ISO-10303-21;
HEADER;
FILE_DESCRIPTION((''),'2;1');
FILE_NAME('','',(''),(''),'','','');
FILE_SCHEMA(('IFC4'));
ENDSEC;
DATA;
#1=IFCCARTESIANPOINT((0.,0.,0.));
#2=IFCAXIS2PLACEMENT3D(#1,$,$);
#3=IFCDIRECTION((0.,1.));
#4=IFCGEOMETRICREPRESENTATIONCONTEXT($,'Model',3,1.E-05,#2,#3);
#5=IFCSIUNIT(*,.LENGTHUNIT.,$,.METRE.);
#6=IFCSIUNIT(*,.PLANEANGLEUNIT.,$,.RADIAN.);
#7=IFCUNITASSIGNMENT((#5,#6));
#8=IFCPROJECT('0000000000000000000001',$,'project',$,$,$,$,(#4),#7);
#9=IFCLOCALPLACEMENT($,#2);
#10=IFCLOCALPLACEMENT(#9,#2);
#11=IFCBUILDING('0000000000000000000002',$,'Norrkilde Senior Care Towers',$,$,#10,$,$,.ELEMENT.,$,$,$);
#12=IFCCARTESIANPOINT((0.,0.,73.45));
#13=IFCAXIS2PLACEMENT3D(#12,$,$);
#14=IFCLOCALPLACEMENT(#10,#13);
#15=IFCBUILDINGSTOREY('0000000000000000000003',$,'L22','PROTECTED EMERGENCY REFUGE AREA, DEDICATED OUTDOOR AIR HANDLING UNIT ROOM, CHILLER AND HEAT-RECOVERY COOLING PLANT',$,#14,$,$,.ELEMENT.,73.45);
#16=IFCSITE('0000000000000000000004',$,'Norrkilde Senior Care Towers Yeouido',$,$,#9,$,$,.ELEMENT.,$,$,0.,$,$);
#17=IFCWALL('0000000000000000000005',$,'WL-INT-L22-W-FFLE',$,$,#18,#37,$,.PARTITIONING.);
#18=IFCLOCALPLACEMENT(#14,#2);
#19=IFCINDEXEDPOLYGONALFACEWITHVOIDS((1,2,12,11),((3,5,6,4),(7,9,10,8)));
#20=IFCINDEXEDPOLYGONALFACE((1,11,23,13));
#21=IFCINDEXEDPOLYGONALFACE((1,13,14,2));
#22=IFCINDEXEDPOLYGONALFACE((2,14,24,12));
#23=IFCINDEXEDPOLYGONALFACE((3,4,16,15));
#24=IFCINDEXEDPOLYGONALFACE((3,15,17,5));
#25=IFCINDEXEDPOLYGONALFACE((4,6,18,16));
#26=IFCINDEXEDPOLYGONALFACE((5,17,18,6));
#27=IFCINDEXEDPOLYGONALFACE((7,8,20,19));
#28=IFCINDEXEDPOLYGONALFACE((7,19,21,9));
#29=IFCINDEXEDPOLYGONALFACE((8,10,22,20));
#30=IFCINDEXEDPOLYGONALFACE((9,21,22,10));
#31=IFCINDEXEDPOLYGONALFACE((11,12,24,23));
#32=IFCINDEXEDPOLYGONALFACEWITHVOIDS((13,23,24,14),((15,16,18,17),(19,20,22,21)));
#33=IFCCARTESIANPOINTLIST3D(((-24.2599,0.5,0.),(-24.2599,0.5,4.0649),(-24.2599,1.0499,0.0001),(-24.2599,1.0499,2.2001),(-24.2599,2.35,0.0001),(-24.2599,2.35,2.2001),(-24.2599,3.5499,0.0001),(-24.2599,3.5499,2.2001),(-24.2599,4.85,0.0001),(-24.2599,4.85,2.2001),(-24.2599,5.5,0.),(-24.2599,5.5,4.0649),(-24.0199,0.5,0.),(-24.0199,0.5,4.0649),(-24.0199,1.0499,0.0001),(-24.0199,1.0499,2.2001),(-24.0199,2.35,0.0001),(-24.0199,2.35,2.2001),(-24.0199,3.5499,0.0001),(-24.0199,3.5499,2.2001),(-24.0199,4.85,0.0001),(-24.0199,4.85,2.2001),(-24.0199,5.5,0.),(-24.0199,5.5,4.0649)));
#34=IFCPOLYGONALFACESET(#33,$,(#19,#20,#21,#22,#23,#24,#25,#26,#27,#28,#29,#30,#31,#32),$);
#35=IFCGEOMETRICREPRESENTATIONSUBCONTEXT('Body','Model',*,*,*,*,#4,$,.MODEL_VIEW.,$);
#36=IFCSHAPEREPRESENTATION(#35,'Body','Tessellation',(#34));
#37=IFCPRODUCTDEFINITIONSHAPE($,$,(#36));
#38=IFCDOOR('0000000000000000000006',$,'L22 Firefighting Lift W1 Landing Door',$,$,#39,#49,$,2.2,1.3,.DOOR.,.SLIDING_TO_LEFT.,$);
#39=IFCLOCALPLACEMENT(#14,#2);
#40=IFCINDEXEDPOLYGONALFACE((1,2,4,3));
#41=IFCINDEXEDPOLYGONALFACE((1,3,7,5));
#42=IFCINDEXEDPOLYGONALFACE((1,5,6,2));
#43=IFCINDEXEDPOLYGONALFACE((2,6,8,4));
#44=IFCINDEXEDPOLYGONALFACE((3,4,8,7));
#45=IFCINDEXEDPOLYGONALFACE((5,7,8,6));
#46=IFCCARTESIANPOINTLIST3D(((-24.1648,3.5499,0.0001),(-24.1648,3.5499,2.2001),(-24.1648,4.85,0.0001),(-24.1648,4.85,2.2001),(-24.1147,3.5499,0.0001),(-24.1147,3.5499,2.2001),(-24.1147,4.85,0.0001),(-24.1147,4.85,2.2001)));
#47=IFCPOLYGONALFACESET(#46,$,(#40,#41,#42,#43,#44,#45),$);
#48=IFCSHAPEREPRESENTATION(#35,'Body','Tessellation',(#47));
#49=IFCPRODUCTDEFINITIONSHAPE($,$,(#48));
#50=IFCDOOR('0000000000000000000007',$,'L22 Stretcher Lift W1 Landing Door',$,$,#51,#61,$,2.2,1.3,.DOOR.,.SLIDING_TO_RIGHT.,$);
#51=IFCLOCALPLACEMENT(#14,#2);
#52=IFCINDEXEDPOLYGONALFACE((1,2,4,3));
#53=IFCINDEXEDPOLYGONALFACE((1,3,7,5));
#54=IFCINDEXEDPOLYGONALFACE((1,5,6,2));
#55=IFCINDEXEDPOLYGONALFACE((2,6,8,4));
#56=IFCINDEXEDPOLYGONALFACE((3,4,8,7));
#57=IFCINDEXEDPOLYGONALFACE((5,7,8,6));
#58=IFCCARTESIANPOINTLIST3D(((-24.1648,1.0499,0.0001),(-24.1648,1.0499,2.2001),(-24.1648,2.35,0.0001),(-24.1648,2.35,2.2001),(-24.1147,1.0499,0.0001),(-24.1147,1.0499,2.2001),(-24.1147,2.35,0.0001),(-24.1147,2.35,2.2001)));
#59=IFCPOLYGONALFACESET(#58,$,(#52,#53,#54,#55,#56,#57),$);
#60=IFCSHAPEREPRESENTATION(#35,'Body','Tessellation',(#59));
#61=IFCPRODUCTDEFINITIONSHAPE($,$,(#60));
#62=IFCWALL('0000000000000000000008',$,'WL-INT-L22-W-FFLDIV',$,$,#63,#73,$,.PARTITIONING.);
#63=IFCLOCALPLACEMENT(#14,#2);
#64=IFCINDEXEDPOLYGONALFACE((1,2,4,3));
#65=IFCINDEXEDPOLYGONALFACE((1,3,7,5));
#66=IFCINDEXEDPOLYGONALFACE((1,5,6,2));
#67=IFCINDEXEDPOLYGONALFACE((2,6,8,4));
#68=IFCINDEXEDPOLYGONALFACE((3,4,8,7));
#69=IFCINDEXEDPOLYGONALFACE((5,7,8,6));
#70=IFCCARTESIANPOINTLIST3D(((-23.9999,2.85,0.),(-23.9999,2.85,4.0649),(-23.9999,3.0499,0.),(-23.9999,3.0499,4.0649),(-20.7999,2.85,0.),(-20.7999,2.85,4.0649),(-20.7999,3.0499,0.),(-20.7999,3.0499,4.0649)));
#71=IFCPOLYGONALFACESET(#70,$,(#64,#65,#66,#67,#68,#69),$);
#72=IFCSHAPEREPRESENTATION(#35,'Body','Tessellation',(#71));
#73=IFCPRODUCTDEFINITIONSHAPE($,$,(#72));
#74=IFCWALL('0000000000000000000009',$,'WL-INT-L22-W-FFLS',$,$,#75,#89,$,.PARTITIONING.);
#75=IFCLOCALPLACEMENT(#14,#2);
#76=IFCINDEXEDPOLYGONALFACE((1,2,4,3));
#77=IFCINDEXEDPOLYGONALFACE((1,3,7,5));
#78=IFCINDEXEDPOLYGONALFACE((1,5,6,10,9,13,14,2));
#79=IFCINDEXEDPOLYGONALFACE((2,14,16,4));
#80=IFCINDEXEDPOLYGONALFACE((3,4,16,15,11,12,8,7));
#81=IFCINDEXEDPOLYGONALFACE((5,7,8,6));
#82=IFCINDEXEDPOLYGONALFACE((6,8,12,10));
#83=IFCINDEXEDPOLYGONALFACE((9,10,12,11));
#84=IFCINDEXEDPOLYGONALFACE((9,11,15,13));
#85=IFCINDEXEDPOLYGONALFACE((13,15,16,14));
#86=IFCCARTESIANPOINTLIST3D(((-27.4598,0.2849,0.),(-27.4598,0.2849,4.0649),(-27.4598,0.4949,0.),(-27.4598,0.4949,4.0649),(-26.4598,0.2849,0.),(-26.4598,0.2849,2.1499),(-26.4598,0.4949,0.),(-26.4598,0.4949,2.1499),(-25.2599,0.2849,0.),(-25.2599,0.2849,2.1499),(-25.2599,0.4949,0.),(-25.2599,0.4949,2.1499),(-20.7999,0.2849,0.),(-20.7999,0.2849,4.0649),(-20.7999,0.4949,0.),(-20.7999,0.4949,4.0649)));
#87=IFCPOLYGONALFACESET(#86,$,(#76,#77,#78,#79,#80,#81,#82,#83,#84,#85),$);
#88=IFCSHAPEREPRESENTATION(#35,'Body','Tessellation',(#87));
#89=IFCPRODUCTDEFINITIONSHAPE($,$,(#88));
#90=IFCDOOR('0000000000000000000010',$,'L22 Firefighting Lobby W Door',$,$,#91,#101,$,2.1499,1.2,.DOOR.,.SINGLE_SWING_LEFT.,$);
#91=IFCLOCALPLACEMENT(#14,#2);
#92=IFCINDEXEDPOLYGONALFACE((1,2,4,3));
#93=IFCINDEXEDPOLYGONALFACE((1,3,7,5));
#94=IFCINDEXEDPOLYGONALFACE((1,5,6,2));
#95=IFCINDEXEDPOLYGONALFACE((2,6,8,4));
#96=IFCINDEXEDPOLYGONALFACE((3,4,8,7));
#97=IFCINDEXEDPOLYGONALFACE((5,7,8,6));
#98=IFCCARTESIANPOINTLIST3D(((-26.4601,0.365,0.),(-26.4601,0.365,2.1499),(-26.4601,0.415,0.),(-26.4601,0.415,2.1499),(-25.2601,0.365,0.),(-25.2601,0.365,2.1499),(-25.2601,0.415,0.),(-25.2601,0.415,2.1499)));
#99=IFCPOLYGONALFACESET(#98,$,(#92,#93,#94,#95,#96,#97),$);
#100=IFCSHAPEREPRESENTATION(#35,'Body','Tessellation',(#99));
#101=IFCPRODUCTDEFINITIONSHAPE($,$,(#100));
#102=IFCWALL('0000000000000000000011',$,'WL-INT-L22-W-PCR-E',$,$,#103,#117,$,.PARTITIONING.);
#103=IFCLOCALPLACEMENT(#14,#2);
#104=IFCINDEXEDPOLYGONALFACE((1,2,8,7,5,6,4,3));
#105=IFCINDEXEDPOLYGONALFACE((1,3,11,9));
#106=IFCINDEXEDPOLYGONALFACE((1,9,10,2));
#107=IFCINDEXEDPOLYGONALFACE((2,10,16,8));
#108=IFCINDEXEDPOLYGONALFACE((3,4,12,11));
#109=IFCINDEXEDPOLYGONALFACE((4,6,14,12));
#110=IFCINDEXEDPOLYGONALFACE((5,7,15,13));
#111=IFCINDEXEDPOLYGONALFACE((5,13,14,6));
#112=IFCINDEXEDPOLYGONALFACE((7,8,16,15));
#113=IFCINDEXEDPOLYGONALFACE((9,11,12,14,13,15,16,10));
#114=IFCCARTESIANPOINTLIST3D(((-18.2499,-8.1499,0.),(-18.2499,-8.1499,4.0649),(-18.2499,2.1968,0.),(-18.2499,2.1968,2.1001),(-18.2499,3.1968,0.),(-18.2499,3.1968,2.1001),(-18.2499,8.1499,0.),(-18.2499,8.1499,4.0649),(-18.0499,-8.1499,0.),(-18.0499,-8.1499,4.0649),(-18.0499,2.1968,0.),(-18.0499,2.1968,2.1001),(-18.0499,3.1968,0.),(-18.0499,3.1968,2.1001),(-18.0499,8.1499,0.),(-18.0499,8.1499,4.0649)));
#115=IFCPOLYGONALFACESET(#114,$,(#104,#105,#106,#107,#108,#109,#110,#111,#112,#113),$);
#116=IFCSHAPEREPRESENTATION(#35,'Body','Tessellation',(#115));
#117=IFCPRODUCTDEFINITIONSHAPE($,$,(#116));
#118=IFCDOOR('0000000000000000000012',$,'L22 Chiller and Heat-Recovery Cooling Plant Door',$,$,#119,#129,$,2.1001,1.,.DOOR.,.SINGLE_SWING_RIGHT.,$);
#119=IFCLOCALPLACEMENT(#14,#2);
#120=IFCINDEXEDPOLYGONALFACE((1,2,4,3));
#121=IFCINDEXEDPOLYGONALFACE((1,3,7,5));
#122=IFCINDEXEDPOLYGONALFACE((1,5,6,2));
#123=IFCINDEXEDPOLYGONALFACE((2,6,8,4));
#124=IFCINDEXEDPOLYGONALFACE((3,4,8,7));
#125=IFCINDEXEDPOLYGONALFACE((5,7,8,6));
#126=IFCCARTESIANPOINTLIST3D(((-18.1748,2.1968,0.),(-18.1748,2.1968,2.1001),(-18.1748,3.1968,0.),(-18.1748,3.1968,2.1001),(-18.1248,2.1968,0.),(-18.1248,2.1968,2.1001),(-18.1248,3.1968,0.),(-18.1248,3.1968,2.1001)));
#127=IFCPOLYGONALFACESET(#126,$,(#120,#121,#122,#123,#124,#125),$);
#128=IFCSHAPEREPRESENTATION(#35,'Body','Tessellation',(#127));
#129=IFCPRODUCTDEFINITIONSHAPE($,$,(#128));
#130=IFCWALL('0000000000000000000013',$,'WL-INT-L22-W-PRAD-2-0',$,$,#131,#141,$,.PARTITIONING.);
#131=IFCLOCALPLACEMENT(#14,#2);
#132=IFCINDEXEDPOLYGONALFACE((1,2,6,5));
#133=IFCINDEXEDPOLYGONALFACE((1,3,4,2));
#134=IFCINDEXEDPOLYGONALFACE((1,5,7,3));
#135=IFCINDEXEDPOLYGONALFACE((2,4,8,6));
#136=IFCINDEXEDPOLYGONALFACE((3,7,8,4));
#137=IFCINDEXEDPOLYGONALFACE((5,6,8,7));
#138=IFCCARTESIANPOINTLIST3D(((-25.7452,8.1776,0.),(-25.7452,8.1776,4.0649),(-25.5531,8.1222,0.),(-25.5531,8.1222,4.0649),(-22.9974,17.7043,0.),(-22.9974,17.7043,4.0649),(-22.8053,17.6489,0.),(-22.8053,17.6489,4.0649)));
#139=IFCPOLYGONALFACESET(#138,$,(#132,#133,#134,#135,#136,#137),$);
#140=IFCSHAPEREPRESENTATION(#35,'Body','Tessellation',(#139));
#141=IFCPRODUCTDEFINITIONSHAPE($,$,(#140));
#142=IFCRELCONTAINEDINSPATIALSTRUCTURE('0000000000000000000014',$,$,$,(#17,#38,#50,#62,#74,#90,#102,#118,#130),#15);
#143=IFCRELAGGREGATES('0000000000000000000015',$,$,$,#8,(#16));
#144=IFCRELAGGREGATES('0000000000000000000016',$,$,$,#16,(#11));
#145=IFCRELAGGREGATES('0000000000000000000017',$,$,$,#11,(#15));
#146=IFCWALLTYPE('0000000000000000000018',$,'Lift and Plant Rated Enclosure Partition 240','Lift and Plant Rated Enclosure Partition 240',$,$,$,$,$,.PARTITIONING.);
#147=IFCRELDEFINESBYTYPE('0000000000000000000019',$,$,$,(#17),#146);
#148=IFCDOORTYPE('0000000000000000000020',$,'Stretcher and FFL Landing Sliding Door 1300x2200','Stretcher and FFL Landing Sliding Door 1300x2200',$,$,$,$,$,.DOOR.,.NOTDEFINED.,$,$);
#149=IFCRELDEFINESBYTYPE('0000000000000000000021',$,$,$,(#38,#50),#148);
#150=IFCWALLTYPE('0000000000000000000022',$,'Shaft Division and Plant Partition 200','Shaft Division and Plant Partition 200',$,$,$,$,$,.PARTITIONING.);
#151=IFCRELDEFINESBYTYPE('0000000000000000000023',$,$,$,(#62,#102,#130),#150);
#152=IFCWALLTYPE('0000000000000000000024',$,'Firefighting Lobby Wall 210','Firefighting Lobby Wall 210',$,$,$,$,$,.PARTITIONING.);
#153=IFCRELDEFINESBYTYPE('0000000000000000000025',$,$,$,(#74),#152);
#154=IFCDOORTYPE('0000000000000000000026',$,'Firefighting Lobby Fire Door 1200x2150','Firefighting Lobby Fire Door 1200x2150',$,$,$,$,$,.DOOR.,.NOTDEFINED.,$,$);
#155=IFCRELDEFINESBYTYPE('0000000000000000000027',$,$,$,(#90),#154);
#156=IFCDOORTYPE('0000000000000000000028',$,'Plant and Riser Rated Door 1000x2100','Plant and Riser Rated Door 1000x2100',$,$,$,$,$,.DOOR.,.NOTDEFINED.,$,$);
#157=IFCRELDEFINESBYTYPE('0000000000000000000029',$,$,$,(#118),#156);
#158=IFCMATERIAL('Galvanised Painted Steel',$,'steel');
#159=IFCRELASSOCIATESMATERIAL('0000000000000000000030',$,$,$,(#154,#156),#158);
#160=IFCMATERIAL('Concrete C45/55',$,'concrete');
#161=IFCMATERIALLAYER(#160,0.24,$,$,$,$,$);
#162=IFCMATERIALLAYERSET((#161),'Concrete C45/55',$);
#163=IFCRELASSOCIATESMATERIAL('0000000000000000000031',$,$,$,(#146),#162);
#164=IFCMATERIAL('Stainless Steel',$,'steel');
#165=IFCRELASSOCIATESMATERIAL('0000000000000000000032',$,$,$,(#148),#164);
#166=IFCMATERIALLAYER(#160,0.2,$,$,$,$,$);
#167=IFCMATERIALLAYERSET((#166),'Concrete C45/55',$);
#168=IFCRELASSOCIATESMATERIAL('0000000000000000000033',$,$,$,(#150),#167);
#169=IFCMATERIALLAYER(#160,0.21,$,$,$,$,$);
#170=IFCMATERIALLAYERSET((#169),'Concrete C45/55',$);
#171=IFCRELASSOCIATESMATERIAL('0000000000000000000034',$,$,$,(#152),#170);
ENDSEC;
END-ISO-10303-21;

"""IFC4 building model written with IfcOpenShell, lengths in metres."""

from ifc_helpers import new_model, si_unit, direction, frame, frame_2d, origin, place, context, subcontext, project, spatial, rectangle, extrude, source, transform, mapped, material, layer, layer_set, type_object, type_shapes, element, fill, save


model = new_model("IFC4")

# Units and contexts
model_context = context("Model", 3, precision=1e-05, world=origin(), true_north=direction((0.0, 1.0)))
body_context = subcontext(model_context, "Body", "Model", "MODEL_VIEW")
ifc_project = project(units=[si_unit("LENGTHUNIT", "METRE"), si_unit("PLANEANGLEUNIT", "RADIAN")], contexts=[model_context])

# Site, building, storey
site_placement = place(None, origin())
site = spatial("IfcSite", under=ifc_project, at=site_placement, Name="Norrkilde Senior Care Towers Yeouido", CompositionType="ELEMENT", RefElevation=0.0)
building_placement = place(site_placement, origin())
building = spatial("IfcBuilding", under=site, at=building_placement, Name="Norrkilde Senior Care Towers", CompositionType="ELEMENT")
storey_placement = place(building_placement, frame((0.0, 0.0, 73.45)))
storey = spatial("IfcBuildingStorey", under=building, at=storey_placement, Name="L22", Description="PROTECTED EMERGENCY REFUGE AREA, DEDICATED OUTDOOR AIR HANDLING UNIT ROOM, CHILLER AND HEAT-RECOVERY COOLING PLANT", CompositionType="ELEMENT", Elevation=73.45)

# Shared definitions
ifc_material_1 = material(Name="Galvanised Painted Steel", Category="steel")
door_type_1 = type_object("IfcDoorType", Name="Firefighting Lobby Fire Door 1200x2150", Description="Firefighting Lobby Fire Door 1200x2150", OperationType="NOTDEFINED", PredefinedType="DOOR", material=ifc_material_1)
shared_shape_1 = source(origin(), body_context, "Body", "SweptSolid", [
    extrude(rectangle(XDim=1.2, YDim=2.1499, at=frame_2d((0.6001, 1.075))), frame((0.0, 0.0249, 0.0), z_axis=(0.0, -1.0, 0.0), x_axis=(1.0, 0.0, 0.0)), (0.0, 0.0, 1.0), 0.05),
])
type_shapes(door_type_1, [shared_shape_1])
door_type_2 = type_object("IfcDoorType", Name="Plant and Riser Rated Door 1000x2100", Description="Plant and Riser Rated Door 1000x2100", OperationType="NOTDEFINED", PredefinedType="DOOR", material=ifc_material_1)
shared_shape_2 = source(origin(), body_context, "Body", "SweptSolid", [
    extrude(rectangle(XDim=1.0, YDim=2.1001, at=frame_2d((0.5, 1.05))), frame((0.0, 0.0249, 0.0), z_axis=(0.0, -1.0, 0.0), x_axis=(1.0, 0.0, 0.0)), (0.0, 0.0, 1.0), 0.05),
])
type_shapes(door_type_2, [shared_shape_2])

# Shared definitions
ifc_material_2 = material(Name="Concrete C45/55", Category="concrete")

# Wall, openings, doors
ifc_layer_1 = layer(ifc_material_2, 0.24)
ifc_layer_set_1 = layer_set([ifc_layer_1], Name="Concrete C45/55")
wall_type_1 = type_object("IfcWallType", Name="Lift and Plant Rated Enclosure Partition 240", Description="Lift and Plant Rated Enclosure Partition 240", PredefinedType="PARTITIONING", material=ifc_layer_set_1)
shared_shape_3 = source(origin(), body_context, "Body", "SweptSolid", [
    extrude(rectangle(XDim=5.0, YDim=0.24, at=frame_2d((2.5, 0.0))), origin(), (0.0, 0.0, 1.0), 4.0649),
])
type_shapes(wall_type_1, [shared_shape_3])
wall_1_placement = place(storey_placement, frame((-24.1399, 0.5, 0.0), z_axis=(0.0, 0.0, 1.0), x_axis=(0.0, 1.0, 0.0)))
wall_1 = element("IfcWall", 1, at=wall_1_placement, inside=storey, type_object=wall_type_1, Name="WL-INT-L22-W-FFLE", PredefinedType="PARTITIONING", context=body_context, shape_type="MappedRepresentation", body=[
    mapped(shared_shape_3, transform((0.0, 0.0, 0.0), x_axis=(1.0, 0.0, 0.0), y_axis=(0.0, 1.0, 0.0), z_axis=(0.0, 0.0, 1.0), scale=1.0)),
])
opening_1_placement = place(wall_1_placement, frame((3.05, 0.0, 0.0)))
opening_1 = element("IfcOpeningElement", 2, at=opening_1_placement, cuts=wall_1, PredefinedType="OPENING", context=body_context, shape_type="SweptSolid", body=[
    extrude(rectangle(XDim=1.3, YDim=2.2, at=frame_2d((0.6499, 1.1001))), frame((0.0, 0.1299, 0.0), z_axis=(0.0, -1.0, 0.0), x_axis=(1.0, 0.0, 0.0)), (0.0, 0.0, 1.0), 0.26),
])
opening_2_placement = place(wall_1_placement, frame((0.55, 0.0, 0.0)))
opening_2 = element("IfcOpeningElement", 3, at=opening_2_placement, cuts=wall_1, PredefinedType="OPENING", context=body_context, shape_type="SweptSolid", body=[
    extrude(rectangle(XDim=1.3, YDim=2.2, at=frame_2d((0.6499, 1.1001))), frame((0.0, 0.1299, 0.0), z_axis=(0.0, -1.0, 0.0), x_axis=(1.0, 0.0, 0.0)), (0.0, 0.0, 1.0), 0.26),
])
ifc_material_3 = material(Name="Stainless Steel", Category="steel")
door_type_3 = type_object("IfcDoorType", Name="Stretcher and FFL Landing Sliding Door 1300x2200", Description="Stretcher and FFL Landing Sliding Door 1300x2200", OperationType="NOTDEFINED", PredefinedType="DOOR", material=ifc_material_3)
shared_shape_4 = source(origin(), body_context, "Body", "SweptSolid", [
    extrude(rectangle(XDim=1.3, YDim=2.2, at=frame_2d((0.6499, 1.1001))), frame((0.0, 0.0249, 0.0), z_axis=(0.0, -1.0, 0.0), x_axis=(1.0, 0.0, 0.0)), (0.0, 0.0, 1.0), 0.05),
])
type_shapes(door_type_3, [shared_shape_4])
door_1_placement = place(opening_1_placement, origin())
door_1 = element("IfcDoor", 4, at=door_1_placement, inside=storey, type_object=door_type_3, Name="L22 Firefighting Lift W1 Landing Door", OperationType="SLIDING_TO_LEFT", OverallHeight=2.2, OverallWidth=1.3, PredefinedType="DOOR", context=body_context, shape_type="MappedRepresentation", body=[
    mapped(shared_shape_4, transform((0.0, 0.0, 0.0), x_axis=(1.0, 0.0, 0.0), y_axis=(0.0, 1.0, 0.0), z_axis=(0.0, 0.0, 1.0), scale=1.0)),
])
fill(opening_1, door_1)
door_2_placement = place(opening_2_placement, origin())
door_2 = element("IfcDoor", 5, at=door_2_placement, inside=storey, type_object=door_type_3, Name="L22 Stretcher Lift W1 Landing Door", OperationType="SLIDING_TO_RIGHT", OverallHeight=2.2, OverallWidth=1.3, PredefinedType="DOOR", context=body_context, shape_type="MappedRepresentation", body=[
    mapped(shared_shape_4, transform((0.0, 0.0, 0.0), x_axis=(1.0, 0.0, 0.0), y_axis=(0.0, 1.0, 0.0), z_axis=(0.0, 0.0, 1.0), scale=1.0)),
])
fill(opening_2, door_2)

# Wall
ifc_layer_2 = layer(ifc_material_2, 0.2)
ifc_layer_set_2 = layer_set([ifc_layer_2], Name="Concrete C45/55")
wall_type_2 = type_object("IfcWallType", Name="Shaft Division and Plant Partition 200", Description="Shaft Division and Plant Partition 200", PredefinedType="PARTITIONING", material=ifc_layer_set_2)
shared_shape_5 = source(origin(), body_context, "Body", "SweptSolid", [
    extrude(rectangle(XDim=3.2, YDim=0.2, at=frame_2d((1.6001, 0.0))), origin(), (0.0, 0.0, 1.0), 4.0649),
])
wall_2_placement = place(storey_placement, frame((-24.0, 2.95, 0.0), z_axis=(0.0, 0.0, 1.0), x_axis=(1.0, 0.0, 0.0)))
element("IfcWall", 6, at=wall_2_placement, inside=storey, type_object=wall_type_2, Name="WL-INT-L22-W-FFLDIV", PredefinedType="PARTITIONING", context=body_context, shape_type="MappedRepresentation", body=[
    mapped(shared_shape_5, transform((0.0, 0.0, 0.0), x_axis=(1.0, 0.0, 0.0), y_axis=(0.0, 1.0, 0.0), z_axis=(0.0, 0.0, 1.0), scale=1.0)),
])

# Walls, openings, doors
ifc_layer_3 = layer(ifc_material_2, 0.21)
ifc_layer_set_3 = layer_set([ifc_layer_3], Name="Concrete C45/55")
wall_type_3 = type_object("IfcWallType", Name="Firefighting Lobby Wall 210", Description="Firefighting Lobby Wall 210", PredefinedType="PARTITIONING", material=ifc_layer_set_3)
shared_shape_6 = source(origin(), body_context, "Body", "SweptSolid", [
    extrude(rectangle(XDim=6.6599, YDim=0.21, at=frame_2d((3.3301, 0.0))), origin(), (0.0, 0.0, 1.0), 4.0649),
])
type_shapes(wall_type_3, [shared_shape_6])
wall_3_placement = place(storey_placement, frame((-27.46, 0.3899, 0.0), z_axis=(0.0, 0.0, 1.0), x_axis=(1.0, 0.0, 0.0)))
wall_3 = element("IfcWall", 7, at=wall_3_placement, inside=storey, type_object=wall_type_3, Name="WL-INT-L22-W-FFLS", PredefinedType="PARTITIONING", context=body_context, shape_type="MappedRepresentation", body=[
    mapped(shared_shape_6, transform((0.0, 0.0, 0.0), x_axis=(1.0, 0.0, 0.0), y_axis=(0.0, 1.0, 0.0), z_axis=(0.0, 0.0, 1.0), scale=1.0)),
])
opening_3_placement = place(wall_3_placement, frame((1.0, 0.0, 0.0)))
opening_3 = element("IfcOpeningElement", 8, at=opening_3_placement, cuts=wall_3, PredefinedType="OPENING", context=body_context, shape_type="SweptSolid", body=[
    extrude(rectangle(XDim=1.2, YDim=2.1499, at=frame_2d((0.6001, 1.075))), frame((0.0, 0.115, 0.0), z_axis=(0.0, -1.0, 0.0), x_axis=(1.0, 0.0, 0.0)), (0.0, 0.0, 1.0), 0.23),
])
door_3_placement = place(opening_3_placement, frame((1.2, 0.0, 0.0), z_axis=(0.0, 0.0, 1.0), x_axis=(-1.0, 0.0, 0.0)))
door_3 = element("IfcDoor", 9, at=door_3_placement, inside=storey, type_object=door_type_1, Name="L22 Firefighting Lobby W Door", OperationType="SINGLE_SWING_LEFT", OverallHeight=2.1499, OverallWidth=1.2, PredefinedType="DOOR", context=body_context, shape_type="MappedRepresentation", body=[
    mapped(shared_shape_1, transform((0.0, 0.0, 0.0), x_axis=(1.0, 0.0, 0.0), y_axis=(0.0, 1.0, 0.0), z_axis=(0.0, 0.0, 1.0), scale=1.0)),
])
fill(opening_3, door_3)
shared_shape_7 = source(origin(), body_context, "Body", "SweptSolid", [
    extrude(rectangle(XDim=16.2998, YDim=0.2, at=frame_2d((8.1499, 0.0))), origin(), (0.0, 0.0, 1.0), 4.0649),
])
wall_4_placement = place(storey_placement, frame((-18.1499, 8.1499, 0.0), z_axis=(0.0, 0.0, 1.0), x_axis=(0.0, -1.0, 0.0)))
wall_4 = element("IfcWall", 10, at=wall_4_placement, inside=storey, type_object=wall_type_2, Name="WL-INT-L22-W-PCR-E", PredefinedType="PARTITIONING", context=body_context, shape_type="MappedRepresentation", body=[
    mapped(shared_shape_7, transform((0.0, 0.0, 0.0), x_axis=(1.0, 0.0, 0.0), y_axis=(0.0, 1.0, 0.0), z_axis=(0.0, 0.0, 1.0), scale=1.0)),
])
opening_4_placement = place(wall_4_placement, frame((4.9531, 0.0, 0.0)))
opening_4 = element("IfcOpeningElement", 11, at=opening_4_placement, cuts=wall_4, PredefinedType="OPENING", context=body_context, shape_type="SweptSolid", body=[
    extrude(rectangle(XDim=1.0, YDim=2.1001, at=frame_2d((0.5, 1.05))), frame((0.0, 0.1099, 0.0), z_axis=(0.0, -1.0, 0.0), x_axis=(1.0, 0.0, 0.0)), (0.0, 0.0, 1.0), 0.22),
])
door_4_placement = place(opening_4_placement, frame((1.0, 0.0, 0.0), z_axis=(0.0, 0.0, 1.0), x_axis=(-1.0, 0.0, 0.0)))
door_4 = element("IfcDoor", 12, at=door_4_placement, inside=storey, type_object=door_type_2, Name="L22 Chiller and Heat-Recovery Cooling Plant Door", OperationType="SINGLE_SWING_RIGHT", OverallHeight=2.1001, OverallWidth=1.0, PredefinedType="DOOR", context=body_context, shape_type="MappedRepresentation", body=[
    mapped(shared_shape_2, transform((0.0, 0.0, 0.0), x_axis=(1.0, 0.0, 0.0), y_axis=(0.0, 1.0, 0.0), z_axis=(0.0, 0.0, 1.0), scale=1.0)),
])
fill(opening_4, door_4)

# Wall
shared_shape_8 = source(origin(), body_context, "Body", "SweptSolid", [
    extrude(rectangle(XDim=9.915, YDim=0.2, at=frame_2d((4.9575, 0.0))), origin(), (0.0, 0.0, 1.0), 4.0649),
])
type_shapes(wall_type_2, [shared_shape_5, shared_shape_7, shared_shape_8])
wall_5_placement = place(storey_placement, frame((-25.6492, 8.1499, 0.0), z_axis=(0.0, 0.0, 1.0), x_axis=(0.277137, 0.960831, 0.0)))
element("IfcWall", 13, at=wall_5_placement, inside=storey, type_object=wall_type_2, Name="WL-INT-L22-W-PRAD-2-0", PredefinedType="PARTITIONING", context=body_context, shape_type="MappedRepresentation", body=[
    mapped(shared_shape_8, transform((0.0, 0.0, 0.0), x_axis=(1.0, 0.0, 0.0), y_axis=(0.0, 1.0, 0.0), z_axis=(0.0, 0.0, 1.0), scale=1.0)),
])

save(model, "model.ifc")
